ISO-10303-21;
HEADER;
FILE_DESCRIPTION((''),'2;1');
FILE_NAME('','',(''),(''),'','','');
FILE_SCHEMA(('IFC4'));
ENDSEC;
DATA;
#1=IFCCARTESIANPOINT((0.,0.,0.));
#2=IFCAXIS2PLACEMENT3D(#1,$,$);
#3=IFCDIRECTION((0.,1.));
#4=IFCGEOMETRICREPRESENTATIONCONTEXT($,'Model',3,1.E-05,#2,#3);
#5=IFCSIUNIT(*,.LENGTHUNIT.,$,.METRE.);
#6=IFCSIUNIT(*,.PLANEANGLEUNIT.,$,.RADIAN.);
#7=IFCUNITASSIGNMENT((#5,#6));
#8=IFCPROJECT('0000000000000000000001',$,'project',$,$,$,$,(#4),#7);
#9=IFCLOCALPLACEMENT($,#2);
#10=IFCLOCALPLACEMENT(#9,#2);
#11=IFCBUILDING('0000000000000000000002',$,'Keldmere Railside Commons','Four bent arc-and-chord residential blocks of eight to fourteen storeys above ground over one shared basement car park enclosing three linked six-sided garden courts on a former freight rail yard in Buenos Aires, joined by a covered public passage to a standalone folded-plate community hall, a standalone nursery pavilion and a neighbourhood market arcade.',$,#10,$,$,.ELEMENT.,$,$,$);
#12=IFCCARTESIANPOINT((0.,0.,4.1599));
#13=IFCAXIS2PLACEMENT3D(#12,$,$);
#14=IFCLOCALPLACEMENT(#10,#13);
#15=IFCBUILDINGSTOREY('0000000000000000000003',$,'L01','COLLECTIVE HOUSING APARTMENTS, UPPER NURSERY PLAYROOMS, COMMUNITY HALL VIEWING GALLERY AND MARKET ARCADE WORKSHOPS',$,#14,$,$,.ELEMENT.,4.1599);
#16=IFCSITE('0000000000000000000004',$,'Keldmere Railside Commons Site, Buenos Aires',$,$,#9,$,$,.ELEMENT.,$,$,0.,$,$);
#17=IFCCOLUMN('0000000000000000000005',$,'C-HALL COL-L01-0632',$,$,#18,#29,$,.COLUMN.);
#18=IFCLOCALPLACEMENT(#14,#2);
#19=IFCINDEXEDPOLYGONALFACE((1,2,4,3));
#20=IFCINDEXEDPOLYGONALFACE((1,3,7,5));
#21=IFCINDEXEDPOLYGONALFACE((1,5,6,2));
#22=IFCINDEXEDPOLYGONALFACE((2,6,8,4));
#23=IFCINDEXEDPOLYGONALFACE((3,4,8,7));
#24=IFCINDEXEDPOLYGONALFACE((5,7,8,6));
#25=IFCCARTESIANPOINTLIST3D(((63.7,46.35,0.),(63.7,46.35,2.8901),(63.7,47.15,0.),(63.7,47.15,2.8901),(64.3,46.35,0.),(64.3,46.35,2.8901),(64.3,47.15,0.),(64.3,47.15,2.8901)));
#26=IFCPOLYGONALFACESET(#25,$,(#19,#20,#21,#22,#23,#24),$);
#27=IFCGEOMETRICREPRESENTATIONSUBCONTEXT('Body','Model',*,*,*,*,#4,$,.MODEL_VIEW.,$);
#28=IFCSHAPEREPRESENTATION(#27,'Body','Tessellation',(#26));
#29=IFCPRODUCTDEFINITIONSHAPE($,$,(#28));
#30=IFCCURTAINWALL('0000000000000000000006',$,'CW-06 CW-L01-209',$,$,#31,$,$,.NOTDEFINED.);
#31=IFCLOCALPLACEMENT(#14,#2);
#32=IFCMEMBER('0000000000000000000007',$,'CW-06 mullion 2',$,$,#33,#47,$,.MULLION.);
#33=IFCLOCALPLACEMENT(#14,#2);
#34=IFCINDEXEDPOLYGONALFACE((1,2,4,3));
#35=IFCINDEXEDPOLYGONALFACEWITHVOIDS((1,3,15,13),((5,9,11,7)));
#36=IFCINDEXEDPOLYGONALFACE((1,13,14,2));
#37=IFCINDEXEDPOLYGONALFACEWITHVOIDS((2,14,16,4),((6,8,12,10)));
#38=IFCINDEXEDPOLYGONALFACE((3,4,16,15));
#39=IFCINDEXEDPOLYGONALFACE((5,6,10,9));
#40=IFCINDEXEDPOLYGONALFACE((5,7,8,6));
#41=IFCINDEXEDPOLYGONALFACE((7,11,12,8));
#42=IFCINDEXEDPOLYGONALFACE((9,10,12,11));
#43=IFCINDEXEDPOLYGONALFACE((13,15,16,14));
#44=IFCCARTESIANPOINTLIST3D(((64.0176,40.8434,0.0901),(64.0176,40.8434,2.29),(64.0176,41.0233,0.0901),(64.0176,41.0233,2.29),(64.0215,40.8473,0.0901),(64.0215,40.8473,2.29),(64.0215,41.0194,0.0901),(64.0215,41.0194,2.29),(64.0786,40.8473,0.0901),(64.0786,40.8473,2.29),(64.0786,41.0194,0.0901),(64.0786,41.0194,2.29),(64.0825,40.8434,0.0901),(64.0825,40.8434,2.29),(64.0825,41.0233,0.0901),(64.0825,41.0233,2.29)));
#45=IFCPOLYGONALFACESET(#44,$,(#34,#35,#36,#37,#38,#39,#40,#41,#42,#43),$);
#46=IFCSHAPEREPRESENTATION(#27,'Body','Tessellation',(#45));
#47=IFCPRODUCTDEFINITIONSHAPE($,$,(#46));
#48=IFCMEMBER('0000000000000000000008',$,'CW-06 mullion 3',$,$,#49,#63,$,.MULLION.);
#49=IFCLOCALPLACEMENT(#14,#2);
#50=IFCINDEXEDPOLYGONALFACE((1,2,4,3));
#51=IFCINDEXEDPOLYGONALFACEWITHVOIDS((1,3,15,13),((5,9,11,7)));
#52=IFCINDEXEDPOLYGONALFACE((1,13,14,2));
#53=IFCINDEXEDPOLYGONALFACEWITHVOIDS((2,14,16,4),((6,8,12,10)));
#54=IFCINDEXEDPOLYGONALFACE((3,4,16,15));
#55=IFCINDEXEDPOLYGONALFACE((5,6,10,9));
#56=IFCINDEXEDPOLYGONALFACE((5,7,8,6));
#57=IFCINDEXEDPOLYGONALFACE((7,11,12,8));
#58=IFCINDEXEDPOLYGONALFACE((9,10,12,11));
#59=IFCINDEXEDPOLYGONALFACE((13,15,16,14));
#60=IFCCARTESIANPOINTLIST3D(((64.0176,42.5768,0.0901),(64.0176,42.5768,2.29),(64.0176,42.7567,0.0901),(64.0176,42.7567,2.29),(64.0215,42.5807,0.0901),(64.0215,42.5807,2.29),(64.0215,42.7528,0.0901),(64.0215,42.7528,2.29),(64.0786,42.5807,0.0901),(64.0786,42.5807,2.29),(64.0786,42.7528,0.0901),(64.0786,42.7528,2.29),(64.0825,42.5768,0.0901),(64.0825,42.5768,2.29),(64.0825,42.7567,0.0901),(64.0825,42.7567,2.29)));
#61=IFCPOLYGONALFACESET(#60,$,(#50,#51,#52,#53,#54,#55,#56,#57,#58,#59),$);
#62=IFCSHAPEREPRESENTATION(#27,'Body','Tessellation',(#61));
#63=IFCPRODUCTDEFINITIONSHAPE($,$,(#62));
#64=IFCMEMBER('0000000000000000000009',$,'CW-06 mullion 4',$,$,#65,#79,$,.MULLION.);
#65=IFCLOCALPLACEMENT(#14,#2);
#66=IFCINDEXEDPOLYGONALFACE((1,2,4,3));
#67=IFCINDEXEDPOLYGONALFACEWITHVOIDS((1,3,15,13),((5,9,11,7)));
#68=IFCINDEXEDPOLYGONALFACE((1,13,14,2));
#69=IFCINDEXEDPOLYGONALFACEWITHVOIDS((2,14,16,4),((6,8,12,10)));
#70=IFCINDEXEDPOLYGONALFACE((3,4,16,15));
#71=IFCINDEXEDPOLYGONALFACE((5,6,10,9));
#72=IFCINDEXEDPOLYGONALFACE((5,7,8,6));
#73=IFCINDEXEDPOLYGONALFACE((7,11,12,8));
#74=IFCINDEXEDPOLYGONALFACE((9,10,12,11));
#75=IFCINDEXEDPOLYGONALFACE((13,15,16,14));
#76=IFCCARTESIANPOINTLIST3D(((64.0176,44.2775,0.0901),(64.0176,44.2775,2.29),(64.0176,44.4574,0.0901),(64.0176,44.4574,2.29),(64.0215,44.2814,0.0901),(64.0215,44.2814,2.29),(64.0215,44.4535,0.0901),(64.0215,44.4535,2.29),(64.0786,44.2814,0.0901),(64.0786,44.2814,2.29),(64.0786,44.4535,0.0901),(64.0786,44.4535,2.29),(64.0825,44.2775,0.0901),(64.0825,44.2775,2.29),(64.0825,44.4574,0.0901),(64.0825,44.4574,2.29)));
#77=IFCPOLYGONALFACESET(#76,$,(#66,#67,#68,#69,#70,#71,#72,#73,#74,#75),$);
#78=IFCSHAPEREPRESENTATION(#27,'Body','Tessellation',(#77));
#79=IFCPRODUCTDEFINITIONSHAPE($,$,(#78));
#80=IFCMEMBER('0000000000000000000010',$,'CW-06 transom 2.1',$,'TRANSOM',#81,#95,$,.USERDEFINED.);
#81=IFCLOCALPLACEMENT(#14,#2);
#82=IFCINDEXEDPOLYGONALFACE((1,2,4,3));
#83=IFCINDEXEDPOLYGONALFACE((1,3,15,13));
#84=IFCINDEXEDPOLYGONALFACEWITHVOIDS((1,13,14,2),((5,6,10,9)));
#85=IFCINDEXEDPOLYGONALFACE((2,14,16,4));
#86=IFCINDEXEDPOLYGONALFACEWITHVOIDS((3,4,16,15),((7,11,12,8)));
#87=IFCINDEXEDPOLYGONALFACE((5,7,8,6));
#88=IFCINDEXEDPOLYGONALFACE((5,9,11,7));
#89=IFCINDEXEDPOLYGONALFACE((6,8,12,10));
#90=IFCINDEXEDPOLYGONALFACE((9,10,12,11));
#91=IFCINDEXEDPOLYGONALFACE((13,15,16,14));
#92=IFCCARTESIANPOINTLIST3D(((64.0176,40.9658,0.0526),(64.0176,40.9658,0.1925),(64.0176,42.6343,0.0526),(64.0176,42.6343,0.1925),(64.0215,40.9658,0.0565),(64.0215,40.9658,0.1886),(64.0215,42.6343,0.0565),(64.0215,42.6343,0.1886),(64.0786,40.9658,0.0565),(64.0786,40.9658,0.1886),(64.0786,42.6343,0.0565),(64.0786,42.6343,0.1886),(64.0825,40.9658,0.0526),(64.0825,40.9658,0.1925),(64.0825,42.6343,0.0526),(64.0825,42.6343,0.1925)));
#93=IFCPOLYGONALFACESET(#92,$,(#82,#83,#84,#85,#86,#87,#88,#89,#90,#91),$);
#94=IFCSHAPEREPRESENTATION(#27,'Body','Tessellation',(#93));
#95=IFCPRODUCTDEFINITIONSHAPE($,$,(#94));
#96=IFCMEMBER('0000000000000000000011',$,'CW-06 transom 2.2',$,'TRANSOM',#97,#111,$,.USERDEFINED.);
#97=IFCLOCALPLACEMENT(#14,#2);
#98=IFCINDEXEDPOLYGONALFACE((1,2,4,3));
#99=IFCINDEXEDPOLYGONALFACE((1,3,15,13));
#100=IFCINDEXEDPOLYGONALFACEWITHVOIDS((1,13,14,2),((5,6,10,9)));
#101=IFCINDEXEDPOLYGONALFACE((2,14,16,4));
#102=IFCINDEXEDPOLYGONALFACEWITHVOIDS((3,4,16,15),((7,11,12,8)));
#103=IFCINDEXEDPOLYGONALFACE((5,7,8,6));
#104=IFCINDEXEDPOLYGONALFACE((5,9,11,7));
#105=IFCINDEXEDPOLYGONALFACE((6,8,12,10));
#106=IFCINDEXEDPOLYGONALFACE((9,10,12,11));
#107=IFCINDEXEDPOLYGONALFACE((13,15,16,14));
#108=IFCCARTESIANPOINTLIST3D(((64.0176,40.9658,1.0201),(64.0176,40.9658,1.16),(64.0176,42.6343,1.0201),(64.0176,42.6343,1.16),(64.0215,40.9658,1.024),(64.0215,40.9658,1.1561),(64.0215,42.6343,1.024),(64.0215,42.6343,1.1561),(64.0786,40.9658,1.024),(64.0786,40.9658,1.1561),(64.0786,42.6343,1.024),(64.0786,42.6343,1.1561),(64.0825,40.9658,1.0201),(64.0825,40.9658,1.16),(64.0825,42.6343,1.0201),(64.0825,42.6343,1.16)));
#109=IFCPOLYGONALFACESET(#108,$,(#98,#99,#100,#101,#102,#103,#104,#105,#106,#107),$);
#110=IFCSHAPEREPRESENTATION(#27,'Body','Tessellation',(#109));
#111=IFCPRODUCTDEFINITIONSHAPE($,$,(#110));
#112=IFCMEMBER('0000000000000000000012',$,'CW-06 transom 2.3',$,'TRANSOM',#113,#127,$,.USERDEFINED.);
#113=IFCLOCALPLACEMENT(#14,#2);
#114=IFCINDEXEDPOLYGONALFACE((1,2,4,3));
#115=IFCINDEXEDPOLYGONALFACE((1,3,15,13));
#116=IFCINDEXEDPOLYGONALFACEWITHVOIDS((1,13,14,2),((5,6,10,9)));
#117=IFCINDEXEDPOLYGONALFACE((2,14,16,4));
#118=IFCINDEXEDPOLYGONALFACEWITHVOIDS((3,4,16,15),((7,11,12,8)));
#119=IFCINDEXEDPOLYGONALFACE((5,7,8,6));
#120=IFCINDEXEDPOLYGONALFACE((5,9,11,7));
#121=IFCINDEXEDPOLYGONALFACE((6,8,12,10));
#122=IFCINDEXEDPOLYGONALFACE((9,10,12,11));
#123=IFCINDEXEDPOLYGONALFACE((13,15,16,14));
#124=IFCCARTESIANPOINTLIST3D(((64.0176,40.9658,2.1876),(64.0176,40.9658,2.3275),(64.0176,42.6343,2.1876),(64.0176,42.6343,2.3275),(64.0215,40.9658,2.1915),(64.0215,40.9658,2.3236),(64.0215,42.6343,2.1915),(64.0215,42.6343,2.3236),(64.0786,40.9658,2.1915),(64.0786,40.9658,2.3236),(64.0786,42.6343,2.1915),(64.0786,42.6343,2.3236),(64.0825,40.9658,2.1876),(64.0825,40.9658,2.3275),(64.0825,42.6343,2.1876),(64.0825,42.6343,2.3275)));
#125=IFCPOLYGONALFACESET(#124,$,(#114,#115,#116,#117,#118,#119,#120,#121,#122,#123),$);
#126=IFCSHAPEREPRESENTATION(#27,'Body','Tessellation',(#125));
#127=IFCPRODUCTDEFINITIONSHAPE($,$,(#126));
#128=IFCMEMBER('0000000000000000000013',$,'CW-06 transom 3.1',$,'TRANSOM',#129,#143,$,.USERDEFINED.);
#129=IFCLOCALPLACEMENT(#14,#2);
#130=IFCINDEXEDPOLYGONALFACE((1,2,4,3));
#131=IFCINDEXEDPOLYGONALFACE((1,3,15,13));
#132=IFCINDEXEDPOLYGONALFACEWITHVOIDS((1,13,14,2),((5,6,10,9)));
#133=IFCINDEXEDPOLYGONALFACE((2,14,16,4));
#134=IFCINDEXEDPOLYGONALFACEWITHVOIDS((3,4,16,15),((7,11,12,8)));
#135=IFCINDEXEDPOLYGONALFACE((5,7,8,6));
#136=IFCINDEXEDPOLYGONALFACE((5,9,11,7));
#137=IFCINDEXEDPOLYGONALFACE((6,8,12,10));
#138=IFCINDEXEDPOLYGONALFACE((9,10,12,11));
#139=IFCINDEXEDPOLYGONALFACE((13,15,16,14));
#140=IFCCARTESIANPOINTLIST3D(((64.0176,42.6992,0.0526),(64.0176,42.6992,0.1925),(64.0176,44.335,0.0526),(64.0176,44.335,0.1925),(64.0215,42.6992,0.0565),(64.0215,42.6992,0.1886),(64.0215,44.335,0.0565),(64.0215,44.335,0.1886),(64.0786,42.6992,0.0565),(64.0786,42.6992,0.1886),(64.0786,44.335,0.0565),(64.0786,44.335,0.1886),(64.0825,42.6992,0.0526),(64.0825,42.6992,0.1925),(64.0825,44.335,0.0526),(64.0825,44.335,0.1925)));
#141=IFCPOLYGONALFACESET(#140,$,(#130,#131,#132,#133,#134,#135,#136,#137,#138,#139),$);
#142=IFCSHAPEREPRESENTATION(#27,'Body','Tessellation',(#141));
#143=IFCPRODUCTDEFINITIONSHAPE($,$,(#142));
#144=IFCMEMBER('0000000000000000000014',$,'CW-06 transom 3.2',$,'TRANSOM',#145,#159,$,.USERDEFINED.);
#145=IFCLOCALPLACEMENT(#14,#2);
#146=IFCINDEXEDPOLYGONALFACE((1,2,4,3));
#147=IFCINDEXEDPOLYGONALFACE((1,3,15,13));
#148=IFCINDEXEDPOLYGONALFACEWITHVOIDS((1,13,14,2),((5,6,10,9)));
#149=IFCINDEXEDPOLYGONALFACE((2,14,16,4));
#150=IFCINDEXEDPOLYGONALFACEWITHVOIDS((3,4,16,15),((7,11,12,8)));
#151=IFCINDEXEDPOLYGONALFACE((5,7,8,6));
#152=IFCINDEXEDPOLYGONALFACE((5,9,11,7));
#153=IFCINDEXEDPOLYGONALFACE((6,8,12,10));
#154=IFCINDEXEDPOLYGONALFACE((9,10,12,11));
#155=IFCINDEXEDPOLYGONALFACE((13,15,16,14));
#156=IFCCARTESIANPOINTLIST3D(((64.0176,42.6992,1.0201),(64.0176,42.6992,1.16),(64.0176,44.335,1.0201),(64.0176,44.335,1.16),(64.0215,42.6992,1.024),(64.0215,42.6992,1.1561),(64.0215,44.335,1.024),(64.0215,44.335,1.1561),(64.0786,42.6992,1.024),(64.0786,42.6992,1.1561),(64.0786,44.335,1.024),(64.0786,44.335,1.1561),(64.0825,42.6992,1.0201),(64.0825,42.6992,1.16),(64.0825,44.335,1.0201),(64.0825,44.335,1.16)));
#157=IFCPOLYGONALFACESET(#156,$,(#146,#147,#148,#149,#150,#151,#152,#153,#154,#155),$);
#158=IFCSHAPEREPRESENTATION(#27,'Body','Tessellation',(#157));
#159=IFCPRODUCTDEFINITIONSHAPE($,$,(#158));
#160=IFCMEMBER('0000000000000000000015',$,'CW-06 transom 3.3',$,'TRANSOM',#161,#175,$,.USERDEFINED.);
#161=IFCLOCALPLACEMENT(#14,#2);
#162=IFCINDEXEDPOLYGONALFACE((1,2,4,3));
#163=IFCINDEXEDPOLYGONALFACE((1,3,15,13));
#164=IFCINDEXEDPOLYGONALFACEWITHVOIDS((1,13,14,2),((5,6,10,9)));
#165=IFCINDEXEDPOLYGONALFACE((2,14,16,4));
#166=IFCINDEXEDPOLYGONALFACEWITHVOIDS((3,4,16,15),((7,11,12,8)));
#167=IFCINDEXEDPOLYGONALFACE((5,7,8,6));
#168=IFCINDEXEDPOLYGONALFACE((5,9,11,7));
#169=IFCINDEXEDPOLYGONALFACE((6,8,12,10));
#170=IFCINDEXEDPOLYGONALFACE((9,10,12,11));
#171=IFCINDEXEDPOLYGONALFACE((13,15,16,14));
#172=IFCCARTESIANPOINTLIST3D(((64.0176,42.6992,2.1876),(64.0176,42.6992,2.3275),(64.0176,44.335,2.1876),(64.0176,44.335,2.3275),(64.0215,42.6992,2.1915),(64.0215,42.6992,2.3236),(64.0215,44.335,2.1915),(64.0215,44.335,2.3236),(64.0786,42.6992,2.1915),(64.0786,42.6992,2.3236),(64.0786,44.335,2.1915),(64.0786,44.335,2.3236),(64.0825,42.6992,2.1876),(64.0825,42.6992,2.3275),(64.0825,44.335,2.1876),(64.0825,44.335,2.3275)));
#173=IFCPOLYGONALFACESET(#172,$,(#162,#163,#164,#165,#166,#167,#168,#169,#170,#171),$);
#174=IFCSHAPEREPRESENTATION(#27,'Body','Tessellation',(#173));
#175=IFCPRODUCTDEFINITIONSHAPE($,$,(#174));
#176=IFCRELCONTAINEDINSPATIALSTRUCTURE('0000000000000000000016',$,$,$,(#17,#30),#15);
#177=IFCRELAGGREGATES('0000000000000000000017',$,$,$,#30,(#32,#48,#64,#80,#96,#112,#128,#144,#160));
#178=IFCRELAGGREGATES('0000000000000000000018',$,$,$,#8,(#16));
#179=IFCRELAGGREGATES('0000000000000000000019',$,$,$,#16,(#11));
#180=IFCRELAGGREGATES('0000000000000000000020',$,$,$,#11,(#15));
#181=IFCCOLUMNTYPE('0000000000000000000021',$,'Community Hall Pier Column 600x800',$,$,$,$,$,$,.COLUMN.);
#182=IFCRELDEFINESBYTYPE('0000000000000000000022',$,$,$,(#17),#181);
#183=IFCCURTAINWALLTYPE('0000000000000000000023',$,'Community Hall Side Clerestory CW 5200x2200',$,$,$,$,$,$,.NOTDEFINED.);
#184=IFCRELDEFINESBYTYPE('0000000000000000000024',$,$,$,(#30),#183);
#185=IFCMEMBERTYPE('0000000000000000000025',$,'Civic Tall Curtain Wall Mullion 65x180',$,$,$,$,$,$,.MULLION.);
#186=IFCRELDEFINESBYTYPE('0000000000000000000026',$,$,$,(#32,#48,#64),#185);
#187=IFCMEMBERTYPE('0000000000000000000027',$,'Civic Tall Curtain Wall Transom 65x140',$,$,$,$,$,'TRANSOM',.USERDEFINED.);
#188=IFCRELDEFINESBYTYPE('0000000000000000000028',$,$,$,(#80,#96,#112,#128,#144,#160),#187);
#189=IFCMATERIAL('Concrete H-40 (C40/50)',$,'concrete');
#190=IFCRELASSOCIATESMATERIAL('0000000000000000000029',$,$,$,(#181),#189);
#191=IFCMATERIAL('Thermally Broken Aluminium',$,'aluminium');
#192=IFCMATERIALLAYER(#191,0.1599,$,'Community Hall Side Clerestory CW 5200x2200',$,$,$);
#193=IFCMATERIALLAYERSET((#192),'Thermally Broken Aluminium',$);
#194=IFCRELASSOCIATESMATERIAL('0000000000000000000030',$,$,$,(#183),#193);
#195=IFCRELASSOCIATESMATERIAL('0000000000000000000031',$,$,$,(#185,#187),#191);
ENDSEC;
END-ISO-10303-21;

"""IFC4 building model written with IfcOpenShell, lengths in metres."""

from ifc_helpers import new_model, si_unit, direction, frame, origin, origin_2d, place, context, subcontext, project, spatial, rectangle, hollow_rectangle, extrude, material, layer, layer_set, material_profile, profile_set, type_object, element, aggregate, save


model = new_model("IFC4")

# Units and contexts
model_context = context("Model", 3, precision=1e-05, world=origin(), true_north=direction((0.0, 1.0)))
body_context = subcontext(model_context, "Body", "Model", "MODEL_VIEW")
ifc_project = project(units=[si_unit("LENGTHUNIT", "METRE"), si_unit("PLANEANGLEUNIT", "RADIAN")], contexts=[model_context])

# Site, building, storey
site_placement = place(None, origin())
site = spatial("IfcSite", under=ifc_project, at=site_placement, Name="Keldmere Railside Commons Site, Buenos Aires", CompositionType="ELEMENT", RefElevation=0.0)
building_placement = place(site_placement, origin())
building = spatial("IfcBuilding", under=site, at=building_placement, Name="Keldmere Railside Commons", Description="Four bent arc-and-chord residential blocks of eight to fourteen storeys above ground over one shared basement car park enclosing three linked six-sided garden courts on a former freight rail yard in Buenos Aires, joined by a covered public passage to a standalone folded-plate community hall, a standalone nursery pavilion and a neighbourhood market arcade.", CompositionType="ELEMENT")
storey_placement = place(building_placement, frame((0.0, 0.0, 4.1599)))
storey = spatial("IfcBuildingStorey", under=building, at=storey_placement, Name="L01", Description="COLLECTIVE HOUSING APARTMENTS, UPPER NURSERY PLAYROOMS, COMMUNITY HALL VIEWING GALLERY AND MARKET ARCADE WORKSHOPS", CompositionType="ELEMENT", Elevation=4.1599)

# Column
ifc_material_1 = material(Name="Concrete H-40 (C40/50)", Category="concrete")
ifc_material_profile_1 = material_profile(ifc_material_1, rectangle(XDim=0.6001, YDim=0.8, at=origin_2d()), Name="RC-600x800")
ifc_profile_set_1 = profile_set([ifc_material_profile_1], Name="Concrete H-40 (C40/50)")
column_type = type_object("IfcColumnType", Name="Community Hall Pier Column 600x800", PredefinedType="COLUMN", material=ifc_profile_set_1)
column_placement = place(storey_placement, frame((64.0, 46.75, 0.0), z_axis=(0.0, 0.0, 1.0), x_axis=(1.0, 0.0, 0.0)))
element("IfcColumn", 1, at=column_placement, inside=storey, type_object=column_type, Name="C-HALL COL-L01-0632", PredefinedType="COLUMN", context=body_context, shape_type="SweptSolid", body=[
    extrude(rectangle(XDim=0.6001, YDim=0.8, at=origin_2d()), origin(), (0.0, 0.0, 1.0), 2.8901),
])

# Curtain wall, members
ifc_material_2 = material(Name="Thermally Broken Aluminium", Category="aluminium")
ifc_layer_1 = layer(ifc_material_2, 0.1599, Name="Community Hall Side Clerestory CW 5200x2200")
ifc_layer_set_1 = layer_set([ifc_layer_1], Name="Thermally Broken Aluminium")
curtain_wall_type = type_object("IfcCurtainWallType", Name="Community Hall Side Clerestory CW 5200x2200", PredefinedType="NOTDEFINED", material=ifc_layer_set_1)
curtain_wall_placement = place(storey_placement, origin())
curtain_wall = element("IfcCurtainWall", 2, at=curtain_wall_placement, inside=storey, type_object=curtain_wall_type, Name="CW-06 CW-L01-209", PredefinedType="NOTDEFINED")
ifc_material_profile_2 = material_profile(ifc_material_2, hollow_rectangle(XDim=0.0649, YDim=0.1799, WallThickness=0.0039, at=origin_2d()), Name="ALU-MULL-65x180")
ifc_profile_set_2 = profile_set([ifc_material_profile_2], Name="Thermally Broken Aluminium")
member_type_1 = type_object("IfcMemberType", Name="Civic Tall Curtain Wall Mullion 65x180", PredefinedType="MULLION", material=ifc_profile_set_2)
member_1_placement = place(storey_placement, frame((64.05, 40.9333, 0.0901), z_axis=(0.0, 0.0, 1.0), x_axis=(-1.0, 0.0, 0.0)))
member_1 = element("IfcMember", 3, at=member_1_placement, type_object=member_type_1, Name="CW-06 mullion 2", PredefinedType="MULLION", context=body_context, shape_type="SweptSolid", body=[
    extrude(hollow_rectangle(XDim=0.0649, YDim=0.1799, WallThickness=0.0039, at=origin_2d()), origin(), (0.0, 0.0, 1.0), 2.2),
])
member_2_placement = place(storey_placement, frame((64.05, 42.6667, 0.0901), z_axis=(0.0, 0.0, 1.0), x_axis=(-1.0, 0.0, 0.0)))
member_2 = element("IfcMember", 4, at=member_2_placement, type_object=member_type_1, Name="CW-06 mullion 3", PredefinedType="MULLION", context=body_context, shape_type="SweptSolid", body=[
    extrude(hollow_rectangle(XDim=0.0649, YDim=0.1799, WallThickness=0.0039, at=origin_2d()), origin(), (0.0, 0.0, 1.0), 2.2),
])
member_3_placement = place(storey_placement, frame((64.05, 44.3674, 0.0901), z_axis=(0.0, 0.0, 1.0), x_axis=(-1.0, 0.0, 0.0)))
member_3 = element("IfcMember", 5, at=member_3_placement, type_object=member_type_1, Name="CW-06 mullion 4", PredefinedType="MULLION", context=body_context, shape_type="SweptSolid", body=[
    extrude(hollow_rectangle(XDim=0.0649, YDim=0.1799, WallThickness=0.0039, at=origin_2d()), origin(), (0.0, 0.0, 1.0), 2.2),
])
ifc_material_profile_3 = material_profile(ifc_material_2, hollow_rectangle(XDim=0.0649, YDim=0.1399, WallThickness=0.0039, at=origin_2d()), Name="ALU-TRAN-65x140")
ifc_profile_set_3 = profile_set([ifc_material_profile_3], Name="Thermally Broken Aluminium")
member_type_2 = type_object("IfcMemberType", Name="Civic Tall Curtain Wall Transom 65x140", ElementType="TRANSOM", PredefinedType="USERDEFINED", material=ifc_profile_set_3)
member_4_placement = place(storey_placement, frame((64.05, 40.9658, 0.1226), z_axis=(0.0, 1.0, 0.0), x_axis=(-1.0, 0.0, 0.0)))
member_4 = element("IfcMember", 6, at=member_4_placement, type_object=member_type_2, Name="CW-06 transom 2.1", ObjectType="TRANSOM", PredefinedType="USERDEFINED", context=body_context, shape_type="SweptSolid", body=[
    extrude(hollow_rectangle(XDim=0.0649, YDim=0.1399, WallThickness=0.0039, at=origin_2d()), origin(), (0.0, 0.0, 1.0), 1.6685),
])
member_5_placement = place(storey_placement, frame((64.05, 40.9658, 1.0901), z_axis=(0.0, 1.0, 0.0), x_axis=(-1.0, 0.0, 0.0)))
member_5 = element("IfcMember", 7, at=member_5_placement, type_object=member_type_2, Name="CW-06 transom 2.2", ObjectType="TRANSOM", PredefinedType="USERDEFINED", context=body_context, shape_type="SweptSolid", body=[
    extrude(hollow_rectangle(XDim=0.0649, YDim=0.1399, WallThickness=0.0039, at=origin_2d()), origin(), (0.0, 0.0, 1.0), 1.6685),
])
member_6_placement = place(storey_placement, frame((64.05, 40.9658, 2.2576), z_axis=(0.0, 1.0, 0.0), x_axis=(-1.0, 0.0, 0.0)))
member_6 = element("IfcMember", 8, at=member_6_placement, type_object=member_type_2, Name="CW-06 transom 2.3", ObjectType="TRANSOM", PredefinedType="USERDEFINED", context=body_context, shape_type="SweptSolid", body=[
    extrude(hollow_rectangle(XDim=0.0649, YDim=0.1399, WallThickness=0.0039, at=origin_2d()), origin(), (0.0, 0.0, 1.0), 1.6685),
])
member_7_placement = place(storey_placement, frame((64.05, 42.6992, 0.1226), z_axis=(0.0, 1.0, 0.0), x_axis=(-1.0, 0.0, 0.0)))
member_7 = element("IfcMember", 9, at=member_7_placement, type_object=member_type_2, Name="CW-06 transom 3.1", ObjectType="TRANSOM", PredefinedType="USERDEFINED", context=body_context, shape_type="SweptSolid", body=[
    extrude(hollow_rectangle(XDim=0.0649, YDim=0.1399, WallThickness=0.0039, at=origin_2d()), origin(), (0.0, 0.0, 1.0), 1.6357),
])
member_8_placement = place(storey_placement, frame((64.05, 42.6992, 1.0901), z_axis=(0.0, 1.0, 0.0), x_axis=(-1.0, 0.0, 0.0)))
member_8 = element("IfcMember", 10, at=member_8_placement, type_object=member_type_2, Name="CW-06 transom 3.2", ObjectType="TRANSOM", PredefinedType="USERDEFINED", context=body_context, shape_type="SweptSolid", body=[
    extrude(hollow_rectangle(XDim=0.0649, YDim=0.1399, WallThickness=0.0039, at=origin_2d()), origin(), (0.0, 0.0, 1.0), 1.6357),
])
member_9_placement = place(storey_placement, frame((64.05, 42.6992, 2.2576), z_axis=(0.0, 1.0, 0.0), x_axis=(-1.0, 0.0, 0.0)))
member_9 = element("IfcMember", 11, at=member_9_placement, type_object=member_type_2, Name="CW-06 transom 3.3", ObjectType="TRANSOM", PredefinedType="USERDEFINED", context=body_context, shape_type="SweptSolid", body=[
    extrude(hollow_rectangle(XDim=0.0649, YDim=0.1399, WallThickness=0.0039, at=origin_2d()), origin(), (0.0, 0.0, 1.0), 1.6357),
])

aggregate(curtain_wall, [member_1, member_2, member_3, member_4, member_5, member_6, member_7, member_8, member_9])

save(model, "model.ifc")
